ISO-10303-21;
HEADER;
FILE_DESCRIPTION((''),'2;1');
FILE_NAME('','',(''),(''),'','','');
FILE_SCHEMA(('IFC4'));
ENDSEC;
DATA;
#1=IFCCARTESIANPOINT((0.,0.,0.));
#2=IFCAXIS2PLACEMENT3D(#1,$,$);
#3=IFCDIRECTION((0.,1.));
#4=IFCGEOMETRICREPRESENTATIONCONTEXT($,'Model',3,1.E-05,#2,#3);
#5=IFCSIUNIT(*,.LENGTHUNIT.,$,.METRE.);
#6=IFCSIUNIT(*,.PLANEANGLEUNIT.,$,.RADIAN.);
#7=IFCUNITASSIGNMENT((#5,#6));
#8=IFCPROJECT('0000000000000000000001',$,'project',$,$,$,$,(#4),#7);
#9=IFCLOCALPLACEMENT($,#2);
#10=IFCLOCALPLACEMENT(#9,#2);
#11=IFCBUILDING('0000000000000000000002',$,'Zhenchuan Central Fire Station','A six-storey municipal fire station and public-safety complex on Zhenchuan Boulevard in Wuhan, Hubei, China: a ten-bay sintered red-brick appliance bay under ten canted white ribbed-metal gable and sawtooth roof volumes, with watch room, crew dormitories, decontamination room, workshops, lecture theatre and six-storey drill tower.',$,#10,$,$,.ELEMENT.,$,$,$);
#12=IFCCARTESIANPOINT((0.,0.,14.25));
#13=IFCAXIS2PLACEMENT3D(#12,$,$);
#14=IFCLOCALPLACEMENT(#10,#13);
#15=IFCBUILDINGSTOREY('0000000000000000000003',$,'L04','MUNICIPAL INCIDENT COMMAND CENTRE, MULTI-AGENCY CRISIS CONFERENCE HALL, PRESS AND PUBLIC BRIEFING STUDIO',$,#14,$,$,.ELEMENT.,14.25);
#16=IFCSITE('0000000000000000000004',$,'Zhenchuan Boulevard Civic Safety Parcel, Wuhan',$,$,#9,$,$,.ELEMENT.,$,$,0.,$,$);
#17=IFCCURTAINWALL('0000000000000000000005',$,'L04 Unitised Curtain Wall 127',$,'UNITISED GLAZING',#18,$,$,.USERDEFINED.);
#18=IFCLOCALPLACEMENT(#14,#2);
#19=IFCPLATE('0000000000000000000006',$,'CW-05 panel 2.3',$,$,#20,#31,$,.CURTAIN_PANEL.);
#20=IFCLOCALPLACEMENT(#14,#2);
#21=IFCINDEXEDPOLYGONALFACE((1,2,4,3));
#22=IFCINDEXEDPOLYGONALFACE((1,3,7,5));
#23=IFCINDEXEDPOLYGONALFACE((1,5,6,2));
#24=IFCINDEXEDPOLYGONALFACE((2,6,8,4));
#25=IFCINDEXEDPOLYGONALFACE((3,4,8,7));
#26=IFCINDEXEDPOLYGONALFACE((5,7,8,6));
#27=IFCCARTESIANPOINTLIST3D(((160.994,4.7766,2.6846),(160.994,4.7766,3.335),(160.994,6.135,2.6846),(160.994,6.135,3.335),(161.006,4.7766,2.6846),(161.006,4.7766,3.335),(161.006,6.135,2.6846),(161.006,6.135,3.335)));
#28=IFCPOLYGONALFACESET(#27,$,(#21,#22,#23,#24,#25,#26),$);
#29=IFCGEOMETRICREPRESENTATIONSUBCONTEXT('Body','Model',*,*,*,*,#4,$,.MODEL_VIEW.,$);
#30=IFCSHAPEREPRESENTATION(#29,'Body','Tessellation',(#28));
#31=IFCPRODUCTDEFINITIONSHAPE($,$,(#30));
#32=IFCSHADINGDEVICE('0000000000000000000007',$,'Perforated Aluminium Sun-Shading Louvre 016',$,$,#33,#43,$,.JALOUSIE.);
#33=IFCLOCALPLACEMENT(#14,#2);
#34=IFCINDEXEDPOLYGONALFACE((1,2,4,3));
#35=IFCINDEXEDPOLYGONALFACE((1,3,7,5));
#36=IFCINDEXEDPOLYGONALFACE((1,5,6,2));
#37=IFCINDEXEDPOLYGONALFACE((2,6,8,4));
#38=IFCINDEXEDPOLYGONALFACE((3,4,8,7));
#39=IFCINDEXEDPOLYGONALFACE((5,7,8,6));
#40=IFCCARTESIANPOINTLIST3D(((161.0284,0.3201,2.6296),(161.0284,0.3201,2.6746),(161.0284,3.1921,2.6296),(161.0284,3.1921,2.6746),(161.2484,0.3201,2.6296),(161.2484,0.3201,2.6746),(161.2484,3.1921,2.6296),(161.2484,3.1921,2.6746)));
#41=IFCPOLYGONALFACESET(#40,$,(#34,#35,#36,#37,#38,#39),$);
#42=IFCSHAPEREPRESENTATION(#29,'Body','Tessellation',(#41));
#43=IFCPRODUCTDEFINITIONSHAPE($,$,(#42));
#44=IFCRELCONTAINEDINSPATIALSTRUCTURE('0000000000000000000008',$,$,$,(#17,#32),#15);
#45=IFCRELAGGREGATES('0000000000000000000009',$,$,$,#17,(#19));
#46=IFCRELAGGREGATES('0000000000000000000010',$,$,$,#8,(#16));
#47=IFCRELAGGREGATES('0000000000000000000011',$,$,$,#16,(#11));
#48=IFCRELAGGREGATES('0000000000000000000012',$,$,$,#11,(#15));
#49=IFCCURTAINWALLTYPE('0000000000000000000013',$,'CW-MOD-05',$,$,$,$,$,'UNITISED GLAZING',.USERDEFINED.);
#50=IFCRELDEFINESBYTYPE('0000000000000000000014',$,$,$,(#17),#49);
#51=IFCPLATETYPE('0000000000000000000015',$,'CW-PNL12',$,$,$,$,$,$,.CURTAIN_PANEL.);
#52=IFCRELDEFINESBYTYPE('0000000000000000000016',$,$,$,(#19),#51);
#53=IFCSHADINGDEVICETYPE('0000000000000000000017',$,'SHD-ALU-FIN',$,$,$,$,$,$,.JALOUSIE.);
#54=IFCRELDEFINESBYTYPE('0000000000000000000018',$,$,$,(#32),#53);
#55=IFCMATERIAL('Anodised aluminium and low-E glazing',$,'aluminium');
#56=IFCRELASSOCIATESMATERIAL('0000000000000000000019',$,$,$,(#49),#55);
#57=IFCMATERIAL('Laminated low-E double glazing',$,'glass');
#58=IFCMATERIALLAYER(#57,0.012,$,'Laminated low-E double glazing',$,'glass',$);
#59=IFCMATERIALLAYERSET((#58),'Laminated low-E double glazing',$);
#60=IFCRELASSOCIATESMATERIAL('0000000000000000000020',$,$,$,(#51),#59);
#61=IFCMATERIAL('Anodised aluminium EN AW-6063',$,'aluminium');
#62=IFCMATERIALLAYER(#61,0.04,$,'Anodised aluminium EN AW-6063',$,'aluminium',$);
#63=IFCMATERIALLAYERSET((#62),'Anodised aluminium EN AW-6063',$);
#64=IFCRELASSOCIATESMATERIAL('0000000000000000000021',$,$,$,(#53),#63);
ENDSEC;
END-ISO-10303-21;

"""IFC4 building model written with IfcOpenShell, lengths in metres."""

from ifc_helpers import new_model, si_unit, direction, frame, origin, origin_2d, place, context, subcontext, project, spatial, rectangle, extrude, material, layer, layer_set, type_object, element, aggregate, save


model = new_model("IFC4")

# Units and contexts
model_context = context("Model", 3, precision=1e-05, world=origin(), true_north=direction((0.0, 1.0)))
body_context = subcontext(model_context, "Body", "Model", "MODEL_VIEW")
ifc_project = project(units=[si_unit("LENGTHUNIT", "METRE"), si_unit("PLANEANGLEUNIT", "RADIAN")], contexts=[model_context])

# Site, building, storey
site_placement = place(None, origin())
site = spatial("IfcSite", under=ifc_project, at=site_placement, Name="Zhenchuan Boulevard Civic Safety Parcel, Wuhan", CompositionType="ELEMENT", RefElevation=0.0)
building_placement = place(site_placement, origin())
building = spatial("IfcBuilding", under=site, at=building_placement, Name="Zhenchuan Central Fire Station", Description="A six-storey municipal fire station and public-safety complex on Zhenchuan Boulevard in Wuhan, Hubei, China: a ten-bay sintered red-brick appliance bay under ten canted white ribbed-metal gable and sawtooth roof volumes, with watch room, crew dormitories, decontamination room, workshops, lecture theatre and six-storey drill tower.", CompositionType="ELEMENT")
storey_placement = place(building_placement, frame((0.0, 0.0, 14.25)))
storey = spatial("IfcBuildingStorey", under=building, at=storey_placement, Name="L04", Description="MUNICIPAL INCIDENT COMMAND CENTRE, MULTI-AGENCY CRISIS CONFERENCE HALL, PRESS AND PUBLIC BRIEFING STUDIO", CompositionType="ELEMENT", Elevation=14.25)

# Shared definitions
ifc_material_1 = material(Name="Anodised aluminium and low-E glazing", Category="aluminium")
ifc_material_2 = material(Name="Anodised aluminium EN AW-6063", Category="aluminium")

# Curtain wall
curtain_wall_type_1 = type_object("IfcCurtainWallType", Name="CW-MOD-05", ElementType="UNITISED GLAZING", PredefinedType="USERDEFINED", material=ifc_material_1)
curtain_wall_1_placement = place(storey_placement, origin())
curtain_wall_1 = element("IfcCurtainWall", 1, at=curtain_wall_1_placement, inside=storey, type_object=curtain_wall_type_1, Name="L04 Unitised Curtain Wall 127", ObjectType="UNITISED GLAZING", PredefinedType="USERDEFINED")

# Plate
ifc_material_3 = material(Name="Laminated low-E double glazing", Category="glass")
ifc_layer_1 = layer(ifc_material_3, 0.012, Name="Laminated low-E double glazing", Category="glass")
ifc_layer_set_1 = layer_set([ifc_layer_1], Name="Laminated low-E double glazing")
plate_type = type_object("IfcPlateType", Name="CW-PNL12", PredefinedType="CURTAIN_PANEL", material=ifc_layer_set_1)
plate_1_placement = place(storey_placement, frame((161.0, 5.4558, 2.6846), z_axis=(0.0, 0.0, 1.0), x_axis=(0.0, 1.0, 0.0)))
plate_1 = element("IfcPlate", 2, at=plate_1_placement, type_object=plate_type, Name="CW-05 panel 2.3", PredefinedType="CURTAIN_PANEL", context=body_context, shape_type="SweptSolid", body=[
    extrude(rectangle(XDim=1.3584, YDim=0.012, at=origin_2d()), origin(), (0.0, 0.0, 1.0), 0.6504),
])
aggregate(curtain_wall_1, [plate_1])

# Shading device
ifc_layer_2 = layer(ifc_material_2, 0.04, Name="Anodised aluminium EN AW-6063", Category="aluminium")
ifc_layer_set_2 = layer_set([ifc_layer_2], Name="Anodised aluminium EN AW-6063")
shading_device_type = type_object("IfcShadingDeviceType", Name="SHD-ALU-FIN", PredefinedType="JALOUSIE", material=ifc_layer_set_2)
shading_device_placement = place(storey_placement, frame((161.1384, 1.7561, 2.6296), z_axis=(0.0, 0.0, 1.0), x_axis=(0.0, 1.0, 0.0)))
element("IfcShadingDevice", 3, at=shading_device_placement, inside=storey, type_object=shading_device_type, Name="Perforated Aluminium Sun-Shading Louvre 016", PredefinedType="JALOUSIE", context=body_context, shape_type="SweptSolid", body=[
    extrude(rectangle(XDim=2.8721, YDim=0.22, at=origin_2d()), origin(), (0.0, 0.0, 1.0), 0.0449),
])

save(model, "model.ifc")
